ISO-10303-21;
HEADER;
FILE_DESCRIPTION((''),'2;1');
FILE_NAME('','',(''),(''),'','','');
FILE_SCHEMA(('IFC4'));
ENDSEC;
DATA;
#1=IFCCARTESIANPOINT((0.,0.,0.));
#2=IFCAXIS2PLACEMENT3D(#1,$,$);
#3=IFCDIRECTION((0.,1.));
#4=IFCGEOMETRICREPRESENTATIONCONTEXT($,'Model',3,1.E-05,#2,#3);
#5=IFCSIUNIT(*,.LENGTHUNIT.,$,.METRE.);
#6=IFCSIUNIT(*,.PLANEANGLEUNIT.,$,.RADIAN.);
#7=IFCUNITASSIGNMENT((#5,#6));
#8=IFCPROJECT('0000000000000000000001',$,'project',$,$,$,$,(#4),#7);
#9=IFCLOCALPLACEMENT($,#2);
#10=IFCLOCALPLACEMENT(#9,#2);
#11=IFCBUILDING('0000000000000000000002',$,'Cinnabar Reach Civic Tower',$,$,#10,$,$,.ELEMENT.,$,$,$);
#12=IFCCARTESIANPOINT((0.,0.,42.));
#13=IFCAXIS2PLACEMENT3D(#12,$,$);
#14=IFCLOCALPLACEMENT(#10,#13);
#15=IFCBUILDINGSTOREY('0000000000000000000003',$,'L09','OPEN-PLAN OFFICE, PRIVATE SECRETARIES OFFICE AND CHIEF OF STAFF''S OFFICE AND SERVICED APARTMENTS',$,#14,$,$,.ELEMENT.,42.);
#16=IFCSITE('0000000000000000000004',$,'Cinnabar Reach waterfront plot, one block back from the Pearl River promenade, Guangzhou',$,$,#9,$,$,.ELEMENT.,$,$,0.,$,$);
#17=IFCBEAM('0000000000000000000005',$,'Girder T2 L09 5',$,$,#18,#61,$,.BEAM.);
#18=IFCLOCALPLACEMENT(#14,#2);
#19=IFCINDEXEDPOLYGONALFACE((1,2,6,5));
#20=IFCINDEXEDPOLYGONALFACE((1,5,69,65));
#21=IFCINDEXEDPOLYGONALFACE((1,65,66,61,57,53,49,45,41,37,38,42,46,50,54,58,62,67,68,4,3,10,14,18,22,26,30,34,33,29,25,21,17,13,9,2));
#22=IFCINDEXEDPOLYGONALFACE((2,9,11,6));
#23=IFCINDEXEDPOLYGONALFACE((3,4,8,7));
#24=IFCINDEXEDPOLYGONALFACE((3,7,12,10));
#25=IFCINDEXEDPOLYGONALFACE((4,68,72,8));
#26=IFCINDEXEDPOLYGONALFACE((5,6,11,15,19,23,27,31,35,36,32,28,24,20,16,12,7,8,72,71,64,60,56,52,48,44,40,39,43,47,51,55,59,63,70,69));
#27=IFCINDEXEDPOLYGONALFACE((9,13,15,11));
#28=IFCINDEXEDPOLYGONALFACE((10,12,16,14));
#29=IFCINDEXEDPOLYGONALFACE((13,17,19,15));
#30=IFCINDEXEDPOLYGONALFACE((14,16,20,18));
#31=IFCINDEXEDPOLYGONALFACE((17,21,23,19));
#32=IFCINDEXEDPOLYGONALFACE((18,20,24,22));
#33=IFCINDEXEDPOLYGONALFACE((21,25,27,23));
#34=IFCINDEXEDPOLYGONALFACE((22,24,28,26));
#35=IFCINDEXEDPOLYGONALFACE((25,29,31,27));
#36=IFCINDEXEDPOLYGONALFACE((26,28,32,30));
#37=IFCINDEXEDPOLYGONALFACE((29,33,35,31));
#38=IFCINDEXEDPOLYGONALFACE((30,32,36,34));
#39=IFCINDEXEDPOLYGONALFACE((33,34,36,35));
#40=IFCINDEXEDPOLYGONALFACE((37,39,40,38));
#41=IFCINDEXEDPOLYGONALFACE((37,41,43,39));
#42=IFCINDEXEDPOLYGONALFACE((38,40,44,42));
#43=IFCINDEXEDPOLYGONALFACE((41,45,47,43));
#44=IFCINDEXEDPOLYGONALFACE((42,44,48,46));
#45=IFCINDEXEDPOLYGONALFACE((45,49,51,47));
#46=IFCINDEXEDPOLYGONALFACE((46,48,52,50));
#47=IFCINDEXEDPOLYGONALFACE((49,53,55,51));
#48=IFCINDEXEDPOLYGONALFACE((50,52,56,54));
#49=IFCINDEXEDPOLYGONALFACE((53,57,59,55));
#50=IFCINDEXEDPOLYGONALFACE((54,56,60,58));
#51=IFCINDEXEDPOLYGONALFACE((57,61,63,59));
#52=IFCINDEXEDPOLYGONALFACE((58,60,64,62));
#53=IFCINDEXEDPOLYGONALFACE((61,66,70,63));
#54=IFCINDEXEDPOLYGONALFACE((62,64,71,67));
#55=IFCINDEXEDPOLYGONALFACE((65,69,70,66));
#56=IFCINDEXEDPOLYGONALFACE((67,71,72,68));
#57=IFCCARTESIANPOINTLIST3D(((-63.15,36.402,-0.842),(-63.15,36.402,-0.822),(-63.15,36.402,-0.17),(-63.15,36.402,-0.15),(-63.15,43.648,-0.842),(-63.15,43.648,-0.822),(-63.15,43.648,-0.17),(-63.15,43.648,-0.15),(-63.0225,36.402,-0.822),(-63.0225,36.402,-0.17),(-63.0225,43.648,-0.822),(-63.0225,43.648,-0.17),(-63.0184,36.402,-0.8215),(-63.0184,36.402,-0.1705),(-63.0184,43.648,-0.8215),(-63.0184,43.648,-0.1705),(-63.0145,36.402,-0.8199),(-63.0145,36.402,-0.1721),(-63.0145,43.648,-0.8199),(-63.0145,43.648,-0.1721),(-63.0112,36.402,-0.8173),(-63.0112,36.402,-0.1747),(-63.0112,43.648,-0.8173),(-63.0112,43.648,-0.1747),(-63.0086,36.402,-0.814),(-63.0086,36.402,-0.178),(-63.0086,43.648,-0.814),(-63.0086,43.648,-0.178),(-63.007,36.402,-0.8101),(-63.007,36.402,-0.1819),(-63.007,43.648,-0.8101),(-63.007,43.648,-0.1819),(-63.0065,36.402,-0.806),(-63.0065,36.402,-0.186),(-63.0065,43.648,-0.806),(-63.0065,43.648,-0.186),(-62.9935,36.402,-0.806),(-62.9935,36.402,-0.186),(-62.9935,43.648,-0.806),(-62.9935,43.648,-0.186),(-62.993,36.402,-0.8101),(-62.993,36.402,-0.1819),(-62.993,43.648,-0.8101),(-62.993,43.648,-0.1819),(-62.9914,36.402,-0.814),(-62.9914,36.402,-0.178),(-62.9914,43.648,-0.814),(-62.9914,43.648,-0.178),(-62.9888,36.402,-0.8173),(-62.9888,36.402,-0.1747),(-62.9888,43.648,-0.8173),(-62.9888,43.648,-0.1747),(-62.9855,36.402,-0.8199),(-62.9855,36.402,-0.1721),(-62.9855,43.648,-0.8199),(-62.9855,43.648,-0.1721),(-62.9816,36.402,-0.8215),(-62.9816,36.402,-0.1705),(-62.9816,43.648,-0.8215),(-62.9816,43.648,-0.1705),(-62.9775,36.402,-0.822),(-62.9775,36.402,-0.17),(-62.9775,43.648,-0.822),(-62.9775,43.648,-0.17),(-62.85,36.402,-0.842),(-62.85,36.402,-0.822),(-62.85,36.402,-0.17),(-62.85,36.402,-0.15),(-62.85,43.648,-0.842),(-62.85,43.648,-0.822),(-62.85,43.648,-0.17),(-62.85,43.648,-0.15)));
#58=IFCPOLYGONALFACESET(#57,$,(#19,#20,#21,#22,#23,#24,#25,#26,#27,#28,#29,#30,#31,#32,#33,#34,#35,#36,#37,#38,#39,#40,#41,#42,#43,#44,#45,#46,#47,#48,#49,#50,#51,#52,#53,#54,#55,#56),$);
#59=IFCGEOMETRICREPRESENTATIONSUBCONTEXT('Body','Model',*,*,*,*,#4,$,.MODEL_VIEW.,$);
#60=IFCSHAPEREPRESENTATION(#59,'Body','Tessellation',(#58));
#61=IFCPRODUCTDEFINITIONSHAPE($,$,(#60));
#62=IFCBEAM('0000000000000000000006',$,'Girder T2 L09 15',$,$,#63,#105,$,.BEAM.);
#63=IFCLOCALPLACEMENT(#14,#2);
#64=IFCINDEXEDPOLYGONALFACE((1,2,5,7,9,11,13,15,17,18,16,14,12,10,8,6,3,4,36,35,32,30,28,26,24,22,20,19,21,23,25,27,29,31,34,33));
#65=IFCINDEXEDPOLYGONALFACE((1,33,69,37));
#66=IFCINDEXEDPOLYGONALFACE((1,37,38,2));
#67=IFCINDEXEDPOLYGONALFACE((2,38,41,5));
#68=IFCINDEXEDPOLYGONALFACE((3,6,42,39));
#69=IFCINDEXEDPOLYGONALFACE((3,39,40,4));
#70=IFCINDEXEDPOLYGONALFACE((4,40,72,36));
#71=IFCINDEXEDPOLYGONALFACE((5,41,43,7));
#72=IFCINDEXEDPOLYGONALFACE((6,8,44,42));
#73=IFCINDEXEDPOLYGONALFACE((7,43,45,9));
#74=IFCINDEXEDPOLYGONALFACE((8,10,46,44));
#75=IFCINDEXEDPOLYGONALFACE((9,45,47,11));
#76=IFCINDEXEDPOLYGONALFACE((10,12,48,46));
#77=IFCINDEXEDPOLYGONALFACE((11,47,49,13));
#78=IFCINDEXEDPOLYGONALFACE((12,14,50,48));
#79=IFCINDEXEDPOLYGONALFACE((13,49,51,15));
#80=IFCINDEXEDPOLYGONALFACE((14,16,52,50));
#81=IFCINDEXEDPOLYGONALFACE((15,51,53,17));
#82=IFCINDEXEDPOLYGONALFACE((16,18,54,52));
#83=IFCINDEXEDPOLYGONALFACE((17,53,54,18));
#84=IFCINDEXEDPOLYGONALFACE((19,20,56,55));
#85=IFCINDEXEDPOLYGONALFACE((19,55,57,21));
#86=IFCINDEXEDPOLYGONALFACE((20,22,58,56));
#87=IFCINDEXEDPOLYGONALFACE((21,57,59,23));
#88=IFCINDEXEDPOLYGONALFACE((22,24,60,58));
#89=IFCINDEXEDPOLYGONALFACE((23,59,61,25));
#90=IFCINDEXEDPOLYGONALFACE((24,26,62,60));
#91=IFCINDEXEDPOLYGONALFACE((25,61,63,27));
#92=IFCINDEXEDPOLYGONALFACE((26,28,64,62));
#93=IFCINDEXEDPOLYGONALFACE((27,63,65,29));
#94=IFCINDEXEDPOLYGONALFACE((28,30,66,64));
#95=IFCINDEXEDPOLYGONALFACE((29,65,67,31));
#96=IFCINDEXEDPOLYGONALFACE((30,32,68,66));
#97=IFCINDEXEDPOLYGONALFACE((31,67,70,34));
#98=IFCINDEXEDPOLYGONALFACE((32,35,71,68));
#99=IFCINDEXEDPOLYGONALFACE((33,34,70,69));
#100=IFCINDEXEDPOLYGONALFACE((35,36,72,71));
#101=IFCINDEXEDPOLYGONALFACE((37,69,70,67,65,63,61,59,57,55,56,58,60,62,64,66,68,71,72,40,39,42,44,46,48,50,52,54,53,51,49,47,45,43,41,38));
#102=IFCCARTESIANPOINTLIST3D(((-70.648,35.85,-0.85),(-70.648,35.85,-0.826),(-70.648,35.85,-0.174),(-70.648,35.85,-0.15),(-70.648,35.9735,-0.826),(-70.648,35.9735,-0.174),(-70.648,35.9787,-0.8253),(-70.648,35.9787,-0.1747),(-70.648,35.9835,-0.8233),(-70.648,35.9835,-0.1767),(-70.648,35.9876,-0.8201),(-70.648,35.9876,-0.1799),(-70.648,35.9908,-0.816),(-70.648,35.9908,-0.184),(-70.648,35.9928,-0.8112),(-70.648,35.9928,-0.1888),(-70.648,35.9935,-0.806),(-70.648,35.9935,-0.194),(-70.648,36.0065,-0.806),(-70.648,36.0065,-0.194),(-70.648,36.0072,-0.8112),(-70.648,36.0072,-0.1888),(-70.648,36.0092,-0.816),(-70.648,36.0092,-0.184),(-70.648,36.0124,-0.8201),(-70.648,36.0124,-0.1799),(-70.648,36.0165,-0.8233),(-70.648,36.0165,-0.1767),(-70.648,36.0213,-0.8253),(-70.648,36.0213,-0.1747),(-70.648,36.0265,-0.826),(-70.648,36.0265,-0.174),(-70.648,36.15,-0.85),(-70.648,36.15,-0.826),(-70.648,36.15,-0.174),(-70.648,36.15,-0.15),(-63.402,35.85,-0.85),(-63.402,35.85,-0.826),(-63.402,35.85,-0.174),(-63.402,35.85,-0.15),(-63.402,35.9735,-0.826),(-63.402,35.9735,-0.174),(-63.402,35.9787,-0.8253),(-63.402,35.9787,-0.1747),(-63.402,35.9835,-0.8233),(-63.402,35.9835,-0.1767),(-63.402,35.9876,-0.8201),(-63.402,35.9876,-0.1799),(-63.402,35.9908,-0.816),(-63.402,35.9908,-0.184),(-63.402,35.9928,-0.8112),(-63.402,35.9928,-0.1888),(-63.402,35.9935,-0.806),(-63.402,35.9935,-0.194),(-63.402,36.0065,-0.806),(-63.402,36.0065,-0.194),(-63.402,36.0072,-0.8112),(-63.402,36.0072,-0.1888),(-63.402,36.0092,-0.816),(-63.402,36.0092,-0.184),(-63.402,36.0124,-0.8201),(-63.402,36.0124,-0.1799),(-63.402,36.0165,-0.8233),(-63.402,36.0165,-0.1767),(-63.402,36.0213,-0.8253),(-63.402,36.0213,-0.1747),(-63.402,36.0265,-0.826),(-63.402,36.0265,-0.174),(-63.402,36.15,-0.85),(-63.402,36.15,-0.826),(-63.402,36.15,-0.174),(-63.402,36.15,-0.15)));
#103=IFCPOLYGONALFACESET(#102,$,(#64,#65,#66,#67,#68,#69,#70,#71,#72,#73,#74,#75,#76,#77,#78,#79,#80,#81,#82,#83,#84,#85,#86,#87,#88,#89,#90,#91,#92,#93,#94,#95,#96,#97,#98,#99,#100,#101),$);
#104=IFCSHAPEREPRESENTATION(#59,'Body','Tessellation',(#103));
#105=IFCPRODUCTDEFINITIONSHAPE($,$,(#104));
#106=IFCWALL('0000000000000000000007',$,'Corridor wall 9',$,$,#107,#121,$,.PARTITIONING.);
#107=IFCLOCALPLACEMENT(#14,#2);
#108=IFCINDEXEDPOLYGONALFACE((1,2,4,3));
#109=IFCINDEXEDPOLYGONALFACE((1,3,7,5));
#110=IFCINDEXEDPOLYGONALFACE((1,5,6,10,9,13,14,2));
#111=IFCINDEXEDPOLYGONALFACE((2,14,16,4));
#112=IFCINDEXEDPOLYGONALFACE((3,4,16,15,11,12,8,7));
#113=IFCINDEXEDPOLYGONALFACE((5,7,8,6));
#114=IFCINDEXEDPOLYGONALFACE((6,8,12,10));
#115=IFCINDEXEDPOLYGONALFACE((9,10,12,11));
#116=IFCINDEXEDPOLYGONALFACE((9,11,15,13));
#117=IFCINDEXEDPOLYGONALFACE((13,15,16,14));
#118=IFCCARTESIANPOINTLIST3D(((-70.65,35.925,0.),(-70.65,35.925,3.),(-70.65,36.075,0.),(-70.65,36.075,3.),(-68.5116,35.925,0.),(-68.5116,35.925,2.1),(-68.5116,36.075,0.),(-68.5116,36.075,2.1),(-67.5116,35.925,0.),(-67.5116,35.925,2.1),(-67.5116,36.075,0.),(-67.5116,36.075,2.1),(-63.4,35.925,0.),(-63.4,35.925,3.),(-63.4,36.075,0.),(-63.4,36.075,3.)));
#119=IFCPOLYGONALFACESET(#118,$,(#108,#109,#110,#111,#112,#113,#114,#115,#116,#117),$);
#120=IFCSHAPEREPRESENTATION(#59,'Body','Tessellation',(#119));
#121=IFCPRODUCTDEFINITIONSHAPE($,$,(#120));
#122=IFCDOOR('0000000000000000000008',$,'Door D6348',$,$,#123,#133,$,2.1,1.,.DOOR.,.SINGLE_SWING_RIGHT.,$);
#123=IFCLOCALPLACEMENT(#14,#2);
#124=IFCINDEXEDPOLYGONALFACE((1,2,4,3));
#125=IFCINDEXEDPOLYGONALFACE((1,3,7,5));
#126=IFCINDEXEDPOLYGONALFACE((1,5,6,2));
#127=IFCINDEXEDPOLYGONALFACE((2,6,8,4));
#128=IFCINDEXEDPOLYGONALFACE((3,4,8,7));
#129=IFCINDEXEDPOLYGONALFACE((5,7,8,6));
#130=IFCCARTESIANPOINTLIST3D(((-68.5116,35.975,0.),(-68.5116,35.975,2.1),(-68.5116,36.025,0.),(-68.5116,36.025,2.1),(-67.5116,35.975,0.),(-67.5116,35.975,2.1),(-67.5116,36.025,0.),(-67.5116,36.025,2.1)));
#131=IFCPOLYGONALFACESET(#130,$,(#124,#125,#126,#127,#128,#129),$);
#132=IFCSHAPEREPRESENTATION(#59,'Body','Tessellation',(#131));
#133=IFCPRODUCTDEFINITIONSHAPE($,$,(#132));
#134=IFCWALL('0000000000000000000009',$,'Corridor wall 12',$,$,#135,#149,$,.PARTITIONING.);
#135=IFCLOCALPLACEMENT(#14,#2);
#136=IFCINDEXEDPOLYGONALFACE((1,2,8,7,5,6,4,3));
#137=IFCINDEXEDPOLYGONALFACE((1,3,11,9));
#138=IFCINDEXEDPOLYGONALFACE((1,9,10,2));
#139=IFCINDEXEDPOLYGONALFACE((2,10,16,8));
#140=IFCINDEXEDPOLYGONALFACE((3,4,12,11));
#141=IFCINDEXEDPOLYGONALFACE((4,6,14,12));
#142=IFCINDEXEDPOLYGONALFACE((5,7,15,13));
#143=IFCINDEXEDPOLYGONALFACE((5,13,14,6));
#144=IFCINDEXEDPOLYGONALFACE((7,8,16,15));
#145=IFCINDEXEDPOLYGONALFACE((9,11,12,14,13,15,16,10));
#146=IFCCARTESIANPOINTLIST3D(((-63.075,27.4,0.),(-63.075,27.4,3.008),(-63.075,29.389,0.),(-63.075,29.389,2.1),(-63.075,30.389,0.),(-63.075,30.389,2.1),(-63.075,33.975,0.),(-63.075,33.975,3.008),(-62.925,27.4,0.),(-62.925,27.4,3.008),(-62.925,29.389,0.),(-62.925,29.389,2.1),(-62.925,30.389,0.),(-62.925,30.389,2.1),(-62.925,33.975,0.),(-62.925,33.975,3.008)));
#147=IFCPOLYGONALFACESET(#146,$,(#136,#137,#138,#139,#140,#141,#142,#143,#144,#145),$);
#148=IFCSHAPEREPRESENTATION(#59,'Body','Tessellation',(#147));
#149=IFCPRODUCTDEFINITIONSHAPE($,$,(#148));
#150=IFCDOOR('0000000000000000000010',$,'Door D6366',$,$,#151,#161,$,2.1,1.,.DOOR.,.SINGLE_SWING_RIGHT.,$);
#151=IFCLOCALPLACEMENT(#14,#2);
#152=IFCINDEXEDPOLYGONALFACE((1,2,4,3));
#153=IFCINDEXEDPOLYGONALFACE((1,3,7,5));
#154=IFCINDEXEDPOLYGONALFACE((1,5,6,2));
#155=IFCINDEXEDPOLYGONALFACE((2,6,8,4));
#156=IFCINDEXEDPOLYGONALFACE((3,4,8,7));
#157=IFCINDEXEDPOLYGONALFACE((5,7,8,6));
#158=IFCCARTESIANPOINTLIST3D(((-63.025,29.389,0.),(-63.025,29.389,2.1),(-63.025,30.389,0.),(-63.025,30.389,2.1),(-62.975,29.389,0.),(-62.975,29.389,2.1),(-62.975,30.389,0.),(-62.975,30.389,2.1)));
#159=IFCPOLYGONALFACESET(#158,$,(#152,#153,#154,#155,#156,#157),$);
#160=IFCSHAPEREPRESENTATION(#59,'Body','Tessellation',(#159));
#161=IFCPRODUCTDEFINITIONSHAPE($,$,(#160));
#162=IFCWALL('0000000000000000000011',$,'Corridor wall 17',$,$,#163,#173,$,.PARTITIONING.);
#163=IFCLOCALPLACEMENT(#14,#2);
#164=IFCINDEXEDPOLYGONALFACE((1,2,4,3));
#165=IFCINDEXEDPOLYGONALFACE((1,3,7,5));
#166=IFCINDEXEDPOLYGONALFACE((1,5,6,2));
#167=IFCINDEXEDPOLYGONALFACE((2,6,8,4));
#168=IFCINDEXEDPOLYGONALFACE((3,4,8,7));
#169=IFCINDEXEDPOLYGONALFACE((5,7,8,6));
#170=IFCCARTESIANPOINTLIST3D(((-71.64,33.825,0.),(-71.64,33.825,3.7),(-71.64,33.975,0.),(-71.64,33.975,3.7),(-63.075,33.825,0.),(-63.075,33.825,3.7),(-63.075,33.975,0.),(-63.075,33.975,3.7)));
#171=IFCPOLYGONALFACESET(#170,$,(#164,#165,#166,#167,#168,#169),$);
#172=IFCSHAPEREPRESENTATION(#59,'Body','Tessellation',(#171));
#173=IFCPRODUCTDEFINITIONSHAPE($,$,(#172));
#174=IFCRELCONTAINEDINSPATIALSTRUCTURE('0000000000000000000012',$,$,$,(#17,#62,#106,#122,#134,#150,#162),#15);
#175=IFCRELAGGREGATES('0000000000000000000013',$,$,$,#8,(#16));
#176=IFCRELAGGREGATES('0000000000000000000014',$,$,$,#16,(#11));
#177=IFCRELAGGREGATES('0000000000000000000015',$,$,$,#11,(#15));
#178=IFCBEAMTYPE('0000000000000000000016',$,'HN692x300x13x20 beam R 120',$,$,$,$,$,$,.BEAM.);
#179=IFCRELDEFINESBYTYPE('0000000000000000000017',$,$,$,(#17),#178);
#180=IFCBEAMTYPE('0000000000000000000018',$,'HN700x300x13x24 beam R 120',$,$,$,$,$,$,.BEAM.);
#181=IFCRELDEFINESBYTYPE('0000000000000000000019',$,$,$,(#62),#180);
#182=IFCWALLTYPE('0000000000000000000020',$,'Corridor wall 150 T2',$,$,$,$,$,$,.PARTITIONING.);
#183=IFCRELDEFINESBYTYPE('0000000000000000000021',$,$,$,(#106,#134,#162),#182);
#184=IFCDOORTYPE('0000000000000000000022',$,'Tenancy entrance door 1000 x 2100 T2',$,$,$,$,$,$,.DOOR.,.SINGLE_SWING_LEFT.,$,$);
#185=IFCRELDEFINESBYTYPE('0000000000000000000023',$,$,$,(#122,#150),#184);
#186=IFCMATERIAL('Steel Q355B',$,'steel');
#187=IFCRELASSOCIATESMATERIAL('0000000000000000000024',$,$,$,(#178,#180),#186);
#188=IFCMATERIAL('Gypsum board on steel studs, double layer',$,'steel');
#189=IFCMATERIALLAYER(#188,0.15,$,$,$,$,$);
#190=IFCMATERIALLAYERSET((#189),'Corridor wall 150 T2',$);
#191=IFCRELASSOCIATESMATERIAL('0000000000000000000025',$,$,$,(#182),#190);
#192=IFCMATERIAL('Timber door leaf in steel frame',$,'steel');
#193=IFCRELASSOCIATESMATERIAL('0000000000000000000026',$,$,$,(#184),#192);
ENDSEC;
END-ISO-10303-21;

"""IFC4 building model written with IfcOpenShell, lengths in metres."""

from ifc_helpers import new_model, si_unit, direction, frame, frame_2d, origin, origin_2d, place, context, subcontext, project, spatial, rectangle, i_section, extrude, material, layer, layer_set, material_profile, profile_set, type_object, element, fill, save


model = new_model("IFC4")

# Units and contexts
model_context = context("Model", 3, precision=1e-05, world=origin(), true_north=direction((0.0, 1.0)))
body_context = subcontext(model_context, "Body", "Model", "MODEL_VIEW")
ifc_project = project(units=[si_unit("LENGTHUNIT", "METRE"), si_unit("PLANEANGLEUNIT", "RADIAN")], contexts=[model_context])

# Site, building, storey
site_placement = place(None, origin())
site = spatial("IfcSite", under=ifc_project, at=site_placement, Name="Cinnabar Reach waterfront plot, one block back from the Pearl River promenade, Guangzhou", CompositionType="ELEMENT", RefElevation=0.0)
building_placement = place(site_placement, origin())
building = spatial("IfcBuilding", under=site, at=building_placement, Name="Cinnabar Reach Civic Tower", CompositionType="ELEMENT")
storey_placement = place(building_placement, frame((0.0, 0.0, 42.0)))
storey = spatial("IfcBuildingStorey", under=building, at=storey_placement, Name="L09", Description="OPEN-PLAN OFFICE, PRIVATE SECRETARIES OFFICE AND CHIEF OF STAFF'S OFFICE AND SERVICED APARTMENTS", CompositionType="ELEMENT", Elevation=42.0)

# Beams
ifc_material_1 = material(Name="Steel Q355B", Category="steel")
ifc_material_profile_1 = material_profile(ifc_material_1, i_section(OverallWidth=0.3, OverallDepth=0.692, WebThickness=0.013, FlangeThickness=0.02, FilletRadius=0.016, at=origin_2d()), Name="HN692x300x13x20")
ifc_profile_set_1 = profile_set([ifc_material_profile_1], Name="Steel Q355B")
beam_type_1 = type_object("IfcBeamType", Name="HN692x300x13x20 beam R 120", PredefinedType="BEAM", material=ifc_profile_set_1)
beam_1_placement = place(storey_placement, frame((-63.0, 36.402, -0.496), z_axis=(0.0, 1.0, 0.0), x_axis=(-1.0, 0.0, 0.0)))
element("IfcBeam", 1, at=beam_1_placement, inside=storey, type_object=beam_type_1, Name="Girder T2 L09 5", PredefinedType="BEAM", context=body_context, shape_type="SweptSolid", body=[
    extrude(i_section(OverallWidth=0.3, OverallDepth=0.692, WebThickness=0.013, FlangeThickness=0.02, FilletRadius=0.016, at=origin_2d()), origin(), (0.0, 0.0, 1.0), 7.246),
])
ifc_material_profile_2 = material_profile(ifc_material_1, i_section(OverallWidth=0.3, OverallDepth=0.7, WebThickness=0.013, FlangeThickness=0.024, FilletRadius=0.02, at=origin_2d()), Name="HN700x300x13x24")
ifc_profile_set_2 = profile_set([ifc_material_profile_2], Name="Steel Q355B")
beam_type_2 = type_object("IfcBeamType", Name="HN700x300x13x24 beam R 120", PredefinedType="BEAM", material=ifc_profile_set_2)
beam_2_placement = place(storey_placement, frame((-70.648, 36.0, -0.5), z_axis=(1.0, 0.0, 0.0), x_axis=(0.0, 1.0, 0.0)))
element("IfcBeam", 2, at=beam_2_placement, inside=storey, type_object=beam_type_2, Name="Girder T2 L09 15", PredefinedType="BEAM", context=body_context, shape_type="SweptSolid", body=[
    extrude(i_section(OverallWidth=0.3, OverallDepth=0.7, WebThickness=0.013, FlangeThickness=0.024, FilletRadius=0.02, at=origin_2d()), origin(), (0.0, 0.0, 1.0), 7.246),
])

# Walls, openings, doors
ifc_material_2 = material(Name="Gypsum board on steel studs, double layer", Category="steel")
ifc_layer_1 = layer(ifc_material_2, 0.15)
ifc_layer_set_1 = layer_set([ifc_layer_1], Name="Corridor wall 150 T2")
wall_type_1 = type_object("IfcWallType", Name="Corridor wall 150 T2", PredefinedType="PARTITIONING", material=ifc_layer_set_1)
wall_1_placement = place(storey_placement, frame((-70.65, 36.0, 0.0), z_axis=(0.0, 0.0, 1.0), x_axis=(1.0, 0.0, 0.0)))
wall_1 = element("IfcWall", 3, at=wall_1_placement, inside=storey, type_object=wall_type_1, Name="Corridor wall 9", PredefinedType="PARTITIONING", context=body_context, shape_type="SweptSolid", body=[
    extrude(rectangle(XDim=7.25, YDim=0.15, at=frame_2d((3.625, 0.0))), origin(), (0.0, 0.0, 1.0), 3.0),
])
opening_1_placement = place(wall_1_placement, frame((2.1384, 0.0, 0.0)))
opening_1 = element("IfcOpeningElement", 4, at=opening_1_placement, cuts=wall_1, PredefinedType="OPENING", context=body_context, shape_type="SweptSolid", body=[
    extrude(rectangle(XDim=1.0, YDim=2.1, at=frame_2d((0.5, 1.05))), frame((0.0, 0.085, 0.0), z_axis=(0.0, -1.0, 0.0), x_axis=(1.0, 0.0, 0.0)), (0.0, 0.0, 1.0), 0.17),
])
ifc_material_3 = material(Name="Timber door leaf in steel frame", Category="steel")
door_type_1 = type_object("IfcDoorType", Name="Tenancy entrance door 1000 x 2100 T2", OperationType="SINGLE_SWING_LEFT", PredefinedType="DOOR", material=ifc_material_3)
door_1_placement = place(opening_1_placement, origin())
door_1 = element("IfcDoor", 5, at=door_1_placement, inside=storey, type_object=door_type_1, Name="Door D6348", OperationType="SINGLE_SWING_RIGHT", OverallHeight=2.1, OverallWidth=1.0, PredefinedType="DOOR", context=body_context, shape_type="SweptSolid", body=[
    extrude(rectangle(XDim=1.0, YDim=2.1, at=frame_2d((0.5, 1.05))), frame((0.0, 0.025, 0.0), z_axis=(0.0, -1.0, 0.0), x_axis=(1.0, 0.0, 0.0)), (0.0, 0.0, 1.0), 0.05),
])
fill(opening_1, door_1)
wall_2_placement = place(storey_placement, frame((-63.0, 27.4, 0.0), z_axis=(0.0, 0.0, 1.0), x_axis=(0.0, 1.0, 0.0)))
wall_2 = element("IfcWall", 6, at=wall_2_placement, inside=storey, type_object=wall_type_1, Name="Corridor wall 12", PredefinedType="PARTITIONING", context=body_context, shape_type="SweptSolid", body=[
    extrude(rectangle(XDim=6.575, YDim=0.15, at=frame_2d((3.2875, 0.0))), origin(), (0.0, 0.0, 1.0), 3.008),
])
opening_2_placement = place(wall_2_placement, frame((1.989, 0.0, 0.0)))
opening_2 = element("IfcOpeningElement", 7, at=opening_2_placement, cuts=wall_2, PredefinedType="OPENING", context=body_context, shape_type="SweptSolid", body=[
    extrude(rectangle(XDim=1.0, YDim=2.1, at=frame_2d((0.5, 1.05))), frame((0.0, 0.085, 0.0), z_axis=(0.0, -1.0, 0.0), x_axis=(1.0, 0.0, 0.0)), (0.0, 0.0, 1.0), 0.17),
])
door_2_placement = place(opening_2_placement, origin())
door_2 = element("IfcDoor", 8, at=door_2_placement, inside=storey, type_object=door_type_1, Name="Door D6366", OperationType="SINGLE_SWING_RIGHT", OverallHeight=2.1, OverallWidth=1.0, PredefinedType="DOOR", context=body_context, shape_type="SweptSolid", body=[
    extrude(rectangle(XDim=1.0, YDim=2.1, at=frame_2d((0.5, 1.05))), frame((0.0, 0.025, 0.0), z_axis=(0.0, -1.0, 0.0), x_axis=(1.0, 0.0, 0.0)), (0.0, 0.0, 1.0), 0.05),
])
fill(opening_2, door_2)

# Wall
wall_3_placement = place(storey_placement, frame((-71.64, 33.9, 0.0), z_axis=(0.0, 0.0, 1.0), x_axis=(1.0, 0.0, 0.0)))
element("IfcWall", 9, at=wall_3_placement, inside=storey, type_object=wall_type_1, Name="Corridor wall 17", PredefinedType="PARTITIONING", context=body_context, shape_type="SweptSolid", body=[
    extrude(rectangle(XDim=8.565, YDim=0.15, at=frame_2d((4.2825, 0.0))), origin(), (0.0, 0.0, 1.0), 3.7),
])

save(model, "model.ifc")
